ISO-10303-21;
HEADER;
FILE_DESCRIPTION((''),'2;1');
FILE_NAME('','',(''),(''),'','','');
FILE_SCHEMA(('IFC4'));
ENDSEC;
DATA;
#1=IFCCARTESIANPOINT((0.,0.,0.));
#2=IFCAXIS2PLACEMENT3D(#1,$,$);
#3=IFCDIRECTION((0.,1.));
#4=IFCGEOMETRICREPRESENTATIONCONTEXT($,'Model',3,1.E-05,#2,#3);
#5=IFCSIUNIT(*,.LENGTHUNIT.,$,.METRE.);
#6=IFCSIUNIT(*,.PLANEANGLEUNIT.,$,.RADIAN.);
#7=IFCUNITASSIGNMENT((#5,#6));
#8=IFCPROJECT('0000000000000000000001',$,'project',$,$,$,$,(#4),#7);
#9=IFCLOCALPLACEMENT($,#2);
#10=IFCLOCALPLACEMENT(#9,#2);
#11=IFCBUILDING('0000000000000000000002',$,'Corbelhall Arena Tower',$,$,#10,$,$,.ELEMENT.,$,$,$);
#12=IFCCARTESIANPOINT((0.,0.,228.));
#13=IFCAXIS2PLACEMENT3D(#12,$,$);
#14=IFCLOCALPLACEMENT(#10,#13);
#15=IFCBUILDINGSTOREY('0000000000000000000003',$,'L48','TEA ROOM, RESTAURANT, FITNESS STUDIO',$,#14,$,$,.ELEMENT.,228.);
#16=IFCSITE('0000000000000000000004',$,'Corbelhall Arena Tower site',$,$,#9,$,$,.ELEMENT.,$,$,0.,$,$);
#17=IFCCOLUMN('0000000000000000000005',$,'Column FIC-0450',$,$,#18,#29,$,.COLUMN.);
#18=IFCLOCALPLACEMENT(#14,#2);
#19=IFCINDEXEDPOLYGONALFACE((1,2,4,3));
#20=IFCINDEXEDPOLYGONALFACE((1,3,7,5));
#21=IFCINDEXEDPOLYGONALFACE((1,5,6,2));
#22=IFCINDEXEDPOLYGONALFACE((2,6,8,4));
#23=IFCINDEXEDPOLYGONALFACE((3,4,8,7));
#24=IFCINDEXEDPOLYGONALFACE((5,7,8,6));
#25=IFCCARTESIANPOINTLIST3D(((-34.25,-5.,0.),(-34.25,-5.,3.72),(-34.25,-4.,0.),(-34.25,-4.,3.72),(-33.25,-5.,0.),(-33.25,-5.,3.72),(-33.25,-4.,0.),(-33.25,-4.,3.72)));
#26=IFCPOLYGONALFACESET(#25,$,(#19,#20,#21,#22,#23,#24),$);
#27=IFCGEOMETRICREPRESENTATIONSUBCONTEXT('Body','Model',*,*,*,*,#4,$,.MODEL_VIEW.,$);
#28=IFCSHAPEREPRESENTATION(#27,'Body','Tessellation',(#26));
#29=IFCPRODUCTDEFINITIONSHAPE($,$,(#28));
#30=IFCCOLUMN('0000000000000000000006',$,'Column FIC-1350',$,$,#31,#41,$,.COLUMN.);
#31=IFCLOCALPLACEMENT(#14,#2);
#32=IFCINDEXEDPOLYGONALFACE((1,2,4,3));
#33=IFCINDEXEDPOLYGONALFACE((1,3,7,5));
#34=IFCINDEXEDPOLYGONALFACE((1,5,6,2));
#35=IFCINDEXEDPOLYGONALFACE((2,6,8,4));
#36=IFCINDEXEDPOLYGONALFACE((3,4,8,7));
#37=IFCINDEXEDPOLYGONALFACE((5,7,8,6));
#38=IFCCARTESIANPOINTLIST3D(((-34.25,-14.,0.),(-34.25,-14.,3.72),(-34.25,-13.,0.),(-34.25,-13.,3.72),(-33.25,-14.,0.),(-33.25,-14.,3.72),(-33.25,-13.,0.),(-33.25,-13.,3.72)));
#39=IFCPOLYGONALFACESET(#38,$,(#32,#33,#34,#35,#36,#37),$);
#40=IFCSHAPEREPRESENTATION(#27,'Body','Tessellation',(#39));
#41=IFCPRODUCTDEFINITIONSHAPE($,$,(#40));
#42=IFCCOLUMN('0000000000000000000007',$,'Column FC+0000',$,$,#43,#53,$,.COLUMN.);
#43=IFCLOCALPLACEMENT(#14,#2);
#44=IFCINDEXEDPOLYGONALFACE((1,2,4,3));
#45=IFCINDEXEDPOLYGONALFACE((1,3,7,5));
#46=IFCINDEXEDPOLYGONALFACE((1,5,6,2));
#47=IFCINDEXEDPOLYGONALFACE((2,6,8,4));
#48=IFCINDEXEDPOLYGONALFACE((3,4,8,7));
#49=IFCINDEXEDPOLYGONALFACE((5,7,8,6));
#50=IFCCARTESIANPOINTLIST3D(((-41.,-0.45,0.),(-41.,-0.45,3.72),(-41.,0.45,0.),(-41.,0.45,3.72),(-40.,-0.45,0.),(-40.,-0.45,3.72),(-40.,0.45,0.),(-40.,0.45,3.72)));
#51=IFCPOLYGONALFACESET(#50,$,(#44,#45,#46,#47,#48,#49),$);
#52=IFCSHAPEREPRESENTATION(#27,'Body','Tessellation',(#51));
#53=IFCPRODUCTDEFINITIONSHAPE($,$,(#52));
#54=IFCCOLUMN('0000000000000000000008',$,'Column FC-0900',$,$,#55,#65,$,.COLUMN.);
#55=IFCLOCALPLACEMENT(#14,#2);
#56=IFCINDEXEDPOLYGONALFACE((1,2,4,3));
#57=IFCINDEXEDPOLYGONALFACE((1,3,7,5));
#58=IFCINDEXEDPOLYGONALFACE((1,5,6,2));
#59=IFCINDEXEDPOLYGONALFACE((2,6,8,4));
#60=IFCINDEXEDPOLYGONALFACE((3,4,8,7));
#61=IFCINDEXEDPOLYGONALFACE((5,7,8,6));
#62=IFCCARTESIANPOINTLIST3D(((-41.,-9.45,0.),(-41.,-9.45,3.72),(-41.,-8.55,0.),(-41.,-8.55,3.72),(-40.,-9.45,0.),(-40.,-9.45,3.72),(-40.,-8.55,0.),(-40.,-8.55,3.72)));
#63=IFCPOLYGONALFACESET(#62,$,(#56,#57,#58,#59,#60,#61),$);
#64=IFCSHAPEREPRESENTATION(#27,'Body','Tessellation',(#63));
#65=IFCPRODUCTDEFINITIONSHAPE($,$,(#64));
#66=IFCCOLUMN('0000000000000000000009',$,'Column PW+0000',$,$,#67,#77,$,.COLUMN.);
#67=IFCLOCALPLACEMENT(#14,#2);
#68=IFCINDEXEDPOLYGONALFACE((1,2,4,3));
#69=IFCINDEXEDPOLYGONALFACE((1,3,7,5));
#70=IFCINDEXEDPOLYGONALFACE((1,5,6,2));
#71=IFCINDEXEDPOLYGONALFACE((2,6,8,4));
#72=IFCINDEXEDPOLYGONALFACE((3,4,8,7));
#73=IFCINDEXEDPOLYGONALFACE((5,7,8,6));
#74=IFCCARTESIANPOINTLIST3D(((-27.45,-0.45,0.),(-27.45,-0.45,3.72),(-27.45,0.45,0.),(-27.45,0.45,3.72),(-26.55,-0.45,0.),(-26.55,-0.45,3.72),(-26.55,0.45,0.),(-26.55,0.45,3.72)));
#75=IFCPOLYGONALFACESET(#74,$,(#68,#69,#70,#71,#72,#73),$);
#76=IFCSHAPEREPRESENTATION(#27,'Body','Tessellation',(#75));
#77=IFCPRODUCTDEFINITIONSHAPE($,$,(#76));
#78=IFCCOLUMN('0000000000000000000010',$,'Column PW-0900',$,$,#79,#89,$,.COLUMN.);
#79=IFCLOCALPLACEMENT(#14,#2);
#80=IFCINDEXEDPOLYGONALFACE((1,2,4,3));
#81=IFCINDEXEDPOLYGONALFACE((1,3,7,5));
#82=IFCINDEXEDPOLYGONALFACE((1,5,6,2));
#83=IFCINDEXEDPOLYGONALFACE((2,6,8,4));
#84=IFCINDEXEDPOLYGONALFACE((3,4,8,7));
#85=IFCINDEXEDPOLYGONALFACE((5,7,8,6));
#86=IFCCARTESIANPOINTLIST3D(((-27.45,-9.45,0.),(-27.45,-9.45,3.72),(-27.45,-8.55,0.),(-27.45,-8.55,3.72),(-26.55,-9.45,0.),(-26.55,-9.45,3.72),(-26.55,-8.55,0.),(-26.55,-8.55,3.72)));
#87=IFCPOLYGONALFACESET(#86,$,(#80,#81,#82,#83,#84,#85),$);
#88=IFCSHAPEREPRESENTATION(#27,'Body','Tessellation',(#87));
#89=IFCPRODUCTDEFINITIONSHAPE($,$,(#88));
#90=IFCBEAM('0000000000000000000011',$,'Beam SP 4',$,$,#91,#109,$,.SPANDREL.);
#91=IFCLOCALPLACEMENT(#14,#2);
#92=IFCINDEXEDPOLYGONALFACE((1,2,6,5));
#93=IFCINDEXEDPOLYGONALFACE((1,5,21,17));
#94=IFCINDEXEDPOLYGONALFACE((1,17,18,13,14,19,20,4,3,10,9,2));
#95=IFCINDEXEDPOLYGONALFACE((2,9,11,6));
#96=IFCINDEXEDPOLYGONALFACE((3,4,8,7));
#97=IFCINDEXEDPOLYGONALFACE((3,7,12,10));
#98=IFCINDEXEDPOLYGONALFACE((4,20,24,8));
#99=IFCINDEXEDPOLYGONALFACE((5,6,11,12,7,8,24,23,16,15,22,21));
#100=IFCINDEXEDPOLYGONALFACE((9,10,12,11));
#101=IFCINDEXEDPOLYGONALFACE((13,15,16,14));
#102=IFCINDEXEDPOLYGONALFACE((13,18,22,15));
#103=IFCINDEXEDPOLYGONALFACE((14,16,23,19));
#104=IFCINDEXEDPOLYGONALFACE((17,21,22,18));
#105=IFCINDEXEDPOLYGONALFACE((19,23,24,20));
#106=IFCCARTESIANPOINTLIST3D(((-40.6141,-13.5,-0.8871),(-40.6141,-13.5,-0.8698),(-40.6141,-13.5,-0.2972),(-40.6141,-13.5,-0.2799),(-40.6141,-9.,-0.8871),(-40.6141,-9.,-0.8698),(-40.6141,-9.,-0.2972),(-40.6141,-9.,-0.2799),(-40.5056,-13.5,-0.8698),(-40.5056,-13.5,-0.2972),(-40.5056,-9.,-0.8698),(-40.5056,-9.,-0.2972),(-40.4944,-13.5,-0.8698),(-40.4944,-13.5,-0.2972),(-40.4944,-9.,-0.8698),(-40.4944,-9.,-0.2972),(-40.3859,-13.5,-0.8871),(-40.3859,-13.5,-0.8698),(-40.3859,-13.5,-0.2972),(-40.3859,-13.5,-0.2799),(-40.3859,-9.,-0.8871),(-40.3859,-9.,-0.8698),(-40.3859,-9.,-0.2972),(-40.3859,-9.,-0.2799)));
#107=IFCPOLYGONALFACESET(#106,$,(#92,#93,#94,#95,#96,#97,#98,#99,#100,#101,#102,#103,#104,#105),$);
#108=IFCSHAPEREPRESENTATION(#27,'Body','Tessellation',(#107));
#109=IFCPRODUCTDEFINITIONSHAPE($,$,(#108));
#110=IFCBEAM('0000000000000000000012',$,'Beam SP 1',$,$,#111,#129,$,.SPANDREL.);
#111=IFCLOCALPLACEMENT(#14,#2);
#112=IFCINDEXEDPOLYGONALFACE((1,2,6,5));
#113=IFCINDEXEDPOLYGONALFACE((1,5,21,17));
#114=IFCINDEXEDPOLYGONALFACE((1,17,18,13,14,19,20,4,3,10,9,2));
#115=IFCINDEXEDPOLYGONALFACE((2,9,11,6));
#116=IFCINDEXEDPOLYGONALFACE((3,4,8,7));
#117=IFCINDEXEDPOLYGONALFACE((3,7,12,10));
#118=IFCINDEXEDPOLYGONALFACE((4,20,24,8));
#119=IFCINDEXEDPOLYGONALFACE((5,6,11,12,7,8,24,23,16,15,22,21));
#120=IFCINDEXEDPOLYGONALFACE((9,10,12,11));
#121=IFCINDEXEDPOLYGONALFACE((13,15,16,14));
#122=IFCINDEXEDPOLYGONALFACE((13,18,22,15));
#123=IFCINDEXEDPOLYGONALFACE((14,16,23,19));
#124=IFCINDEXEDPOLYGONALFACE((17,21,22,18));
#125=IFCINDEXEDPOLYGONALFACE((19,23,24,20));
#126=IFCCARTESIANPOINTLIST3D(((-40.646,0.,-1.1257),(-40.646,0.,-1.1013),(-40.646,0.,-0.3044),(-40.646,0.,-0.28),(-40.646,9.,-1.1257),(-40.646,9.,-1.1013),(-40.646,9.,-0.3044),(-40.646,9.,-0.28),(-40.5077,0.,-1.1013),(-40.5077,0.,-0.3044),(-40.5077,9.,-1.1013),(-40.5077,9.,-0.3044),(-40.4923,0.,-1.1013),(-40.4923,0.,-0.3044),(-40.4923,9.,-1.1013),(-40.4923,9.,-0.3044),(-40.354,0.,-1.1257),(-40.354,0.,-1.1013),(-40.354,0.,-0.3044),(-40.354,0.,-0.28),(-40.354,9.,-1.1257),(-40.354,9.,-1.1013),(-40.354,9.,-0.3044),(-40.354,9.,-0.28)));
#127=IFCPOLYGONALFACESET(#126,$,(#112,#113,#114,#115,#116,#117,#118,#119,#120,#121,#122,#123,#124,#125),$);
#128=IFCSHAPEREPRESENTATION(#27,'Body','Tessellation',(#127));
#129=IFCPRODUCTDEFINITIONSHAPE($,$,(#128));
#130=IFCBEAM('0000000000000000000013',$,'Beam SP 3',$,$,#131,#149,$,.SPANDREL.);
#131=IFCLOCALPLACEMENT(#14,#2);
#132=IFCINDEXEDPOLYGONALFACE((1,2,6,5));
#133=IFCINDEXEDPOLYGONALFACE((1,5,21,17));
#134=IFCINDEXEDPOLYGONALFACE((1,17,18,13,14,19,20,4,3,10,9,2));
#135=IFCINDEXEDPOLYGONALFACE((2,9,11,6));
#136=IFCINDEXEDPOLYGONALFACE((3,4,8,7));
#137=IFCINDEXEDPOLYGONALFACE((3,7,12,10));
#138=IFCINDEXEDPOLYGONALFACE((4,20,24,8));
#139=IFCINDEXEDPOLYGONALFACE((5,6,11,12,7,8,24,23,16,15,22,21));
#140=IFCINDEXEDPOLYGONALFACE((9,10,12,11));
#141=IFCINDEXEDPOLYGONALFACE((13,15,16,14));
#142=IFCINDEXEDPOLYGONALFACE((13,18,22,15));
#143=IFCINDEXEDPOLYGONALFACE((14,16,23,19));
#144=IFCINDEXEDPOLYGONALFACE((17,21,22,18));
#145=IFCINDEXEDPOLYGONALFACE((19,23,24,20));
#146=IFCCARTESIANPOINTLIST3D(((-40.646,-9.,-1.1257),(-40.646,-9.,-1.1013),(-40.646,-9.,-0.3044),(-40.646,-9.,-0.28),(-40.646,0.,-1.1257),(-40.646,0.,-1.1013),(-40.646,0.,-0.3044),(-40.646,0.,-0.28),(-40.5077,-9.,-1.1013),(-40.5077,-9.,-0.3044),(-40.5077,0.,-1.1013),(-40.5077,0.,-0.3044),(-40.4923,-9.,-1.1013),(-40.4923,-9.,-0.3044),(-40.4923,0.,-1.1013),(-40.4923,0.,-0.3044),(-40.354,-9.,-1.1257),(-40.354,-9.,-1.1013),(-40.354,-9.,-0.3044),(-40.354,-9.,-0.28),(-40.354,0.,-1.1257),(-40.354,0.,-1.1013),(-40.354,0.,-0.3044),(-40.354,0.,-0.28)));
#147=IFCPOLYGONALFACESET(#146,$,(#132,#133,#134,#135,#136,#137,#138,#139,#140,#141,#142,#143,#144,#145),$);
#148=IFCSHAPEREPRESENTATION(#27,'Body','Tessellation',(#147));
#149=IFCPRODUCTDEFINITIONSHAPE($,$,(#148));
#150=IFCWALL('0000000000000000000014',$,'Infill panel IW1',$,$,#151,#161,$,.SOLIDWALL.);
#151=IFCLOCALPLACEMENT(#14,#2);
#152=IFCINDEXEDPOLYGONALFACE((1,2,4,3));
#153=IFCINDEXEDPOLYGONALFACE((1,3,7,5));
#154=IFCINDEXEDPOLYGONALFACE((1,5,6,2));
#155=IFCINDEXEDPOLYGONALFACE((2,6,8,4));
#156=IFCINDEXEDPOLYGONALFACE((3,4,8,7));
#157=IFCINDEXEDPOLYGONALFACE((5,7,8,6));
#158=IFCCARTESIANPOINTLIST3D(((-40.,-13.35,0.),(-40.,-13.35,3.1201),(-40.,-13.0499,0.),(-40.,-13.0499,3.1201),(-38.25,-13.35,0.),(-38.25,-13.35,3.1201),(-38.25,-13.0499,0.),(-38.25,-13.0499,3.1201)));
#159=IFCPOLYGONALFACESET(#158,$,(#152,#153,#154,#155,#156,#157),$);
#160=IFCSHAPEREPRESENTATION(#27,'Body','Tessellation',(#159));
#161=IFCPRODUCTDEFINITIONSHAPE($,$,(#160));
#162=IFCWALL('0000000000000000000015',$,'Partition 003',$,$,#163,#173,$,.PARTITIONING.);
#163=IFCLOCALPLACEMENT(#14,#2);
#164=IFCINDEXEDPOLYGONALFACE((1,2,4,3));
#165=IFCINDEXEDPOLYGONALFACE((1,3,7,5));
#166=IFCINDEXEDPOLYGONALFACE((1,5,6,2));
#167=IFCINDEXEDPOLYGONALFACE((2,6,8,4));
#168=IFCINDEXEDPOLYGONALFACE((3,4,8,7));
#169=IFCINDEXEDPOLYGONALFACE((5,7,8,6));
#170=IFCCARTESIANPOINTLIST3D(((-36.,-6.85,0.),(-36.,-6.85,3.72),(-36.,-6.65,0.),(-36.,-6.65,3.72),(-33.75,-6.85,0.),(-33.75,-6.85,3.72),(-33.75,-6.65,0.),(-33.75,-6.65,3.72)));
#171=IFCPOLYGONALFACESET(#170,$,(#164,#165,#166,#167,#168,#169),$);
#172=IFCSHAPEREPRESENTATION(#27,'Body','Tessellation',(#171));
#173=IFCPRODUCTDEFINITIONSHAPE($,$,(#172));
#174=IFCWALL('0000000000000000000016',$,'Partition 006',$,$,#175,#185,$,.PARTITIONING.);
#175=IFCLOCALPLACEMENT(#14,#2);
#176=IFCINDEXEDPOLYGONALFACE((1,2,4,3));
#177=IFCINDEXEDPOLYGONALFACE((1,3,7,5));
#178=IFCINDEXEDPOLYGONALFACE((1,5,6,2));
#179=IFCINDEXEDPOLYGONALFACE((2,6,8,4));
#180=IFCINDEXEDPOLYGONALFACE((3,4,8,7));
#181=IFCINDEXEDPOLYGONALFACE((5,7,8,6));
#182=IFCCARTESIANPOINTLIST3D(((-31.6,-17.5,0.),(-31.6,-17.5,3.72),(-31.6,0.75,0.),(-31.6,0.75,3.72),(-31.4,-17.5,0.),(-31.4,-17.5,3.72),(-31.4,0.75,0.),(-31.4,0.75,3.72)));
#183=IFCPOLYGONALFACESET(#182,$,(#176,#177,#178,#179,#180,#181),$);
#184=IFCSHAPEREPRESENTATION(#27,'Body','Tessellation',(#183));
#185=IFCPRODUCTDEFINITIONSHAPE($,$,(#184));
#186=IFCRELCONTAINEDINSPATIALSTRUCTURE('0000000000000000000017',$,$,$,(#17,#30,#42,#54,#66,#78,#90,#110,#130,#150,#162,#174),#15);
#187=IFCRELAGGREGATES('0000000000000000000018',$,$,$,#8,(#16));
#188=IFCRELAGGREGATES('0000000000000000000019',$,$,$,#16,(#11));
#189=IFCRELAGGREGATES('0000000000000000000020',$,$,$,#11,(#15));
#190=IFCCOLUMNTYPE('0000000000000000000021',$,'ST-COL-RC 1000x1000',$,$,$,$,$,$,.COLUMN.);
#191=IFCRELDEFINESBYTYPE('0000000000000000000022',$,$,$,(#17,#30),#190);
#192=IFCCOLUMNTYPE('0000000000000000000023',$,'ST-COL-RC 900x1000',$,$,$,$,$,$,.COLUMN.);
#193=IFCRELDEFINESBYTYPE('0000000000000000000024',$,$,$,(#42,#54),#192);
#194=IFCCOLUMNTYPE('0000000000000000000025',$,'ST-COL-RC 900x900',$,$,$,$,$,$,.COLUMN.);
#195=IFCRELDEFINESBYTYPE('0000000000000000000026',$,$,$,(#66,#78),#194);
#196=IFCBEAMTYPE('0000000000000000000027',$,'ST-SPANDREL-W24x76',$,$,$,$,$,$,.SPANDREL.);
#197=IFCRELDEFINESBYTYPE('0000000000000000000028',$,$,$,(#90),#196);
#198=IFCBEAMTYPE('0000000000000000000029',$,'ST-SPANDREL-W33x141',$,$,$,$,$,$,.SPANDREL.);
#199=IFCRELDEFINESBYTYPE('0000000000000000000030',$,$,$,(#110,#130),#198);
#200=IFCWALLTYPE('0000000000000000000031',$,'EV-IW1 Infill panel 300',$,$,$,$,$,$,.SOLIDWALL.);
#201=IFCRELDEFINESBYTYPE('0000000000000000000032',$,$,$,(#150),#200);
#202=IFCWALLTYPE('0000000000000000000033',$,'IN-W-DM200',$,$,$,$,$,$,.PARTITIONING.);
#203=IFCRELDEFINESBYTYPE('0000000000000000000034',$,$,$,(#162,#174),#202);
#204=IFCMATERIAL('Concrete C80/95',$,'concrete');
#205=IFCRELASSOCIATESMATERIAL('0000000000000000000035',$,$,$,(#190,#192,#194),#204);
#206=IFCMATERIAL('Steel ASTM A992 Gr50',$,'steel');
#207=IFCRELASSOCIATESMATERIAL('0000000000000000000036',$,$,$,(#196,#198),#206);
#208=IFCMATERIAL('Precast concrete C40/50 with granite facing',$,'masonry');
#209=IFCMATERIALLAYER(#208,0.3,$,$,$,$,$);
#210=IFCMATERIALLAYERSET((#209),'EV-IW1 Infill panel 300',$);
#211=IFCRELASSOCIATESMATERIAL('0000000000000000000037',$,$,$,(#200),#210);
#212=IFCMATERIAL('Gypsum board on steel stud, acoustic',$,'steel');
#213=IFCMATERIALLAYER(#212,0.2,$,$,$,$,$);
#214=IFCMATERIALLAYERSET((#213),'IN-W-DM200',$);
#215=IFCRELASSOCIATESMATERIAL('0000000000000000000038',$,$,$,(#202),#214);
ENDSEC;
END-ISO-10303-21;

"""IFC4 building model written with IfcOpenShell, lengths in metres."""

from ifc_helpers import new_model, si_unit, direction, frame, frame_2d, origin, origin_2d, place, context, subcontext, project, spatial, rectangle, i_section, extrude, material, layer, layer_set, material_profile, profile_set, type_object, element, save


model = new_model("IFC4")

# Units and contexts
model_context = context("Model", 3, precision=1e-05, world=origin(), true_north=direction((0.0, 1.0)))
body_context = subcontext(model_context, "Body", "Model", "MODEL_VIEW")
ifc_project = project(units=[si_unit("LENGTHUNIT", "METRE"), si_unit("PLANEANGLEUNIT", "RADIAN")], contexts=[model_context])

# Site, building, storey
site_placement = place(None, origin())
site = spatial("IfcSite", under=ifc_project, at=site_placement, Name="Corbelhall Arena Tower site", CompositionType="ELEMENT", RefElevation=0.0)
building_placement = place(site_placement, origin())
building = spatial("IfcBuilding", under=site, at=building_placement, Name="Corbelhall Arena Tower", CompositionType="ELEMENT")
storey_placement = place(building_placement, frame((0.0, 0.0, 228.0)))
storey = spatial("IfcBuildingStorey", under=building, at=storey_placement, Name="L48", Description="TEA ROOM, RESTAURANT, FITNESS STUDIO", CompositionType="ELEMENT", Elevation=228.0)

# Columns
ifc_material_1 = material(Name="Concrete C80/95", Category="concrete")
ifc_material_profile_1 = material_profile(ifc_material_1, rectangle(XDim=1.0, YDim=1.0, at=origin_2d()))
ifc_profile_set_1 = profile_set([ifc_material_profile_1], Name="Concrete C80/95")
column_type_1 = type_object("IfcColumnType", Name="ST-COL-RC 1000x1000", PredefinedType="COLUMN", material=ifc_profile_set_1)
for number, where, z_axis, x_axis, name in (
    (1, (-33.75, -4.5, 0.0), (0.0, 0.0, 1.0), (1.0, 0.0, 0.0), "Column FIC-0450"),
    (2, (-33.75, -13.5, 0.0), (0.0, 0.0, 1.0), (1.0, 0.0, 0.0), "Column FIC-1350"),
):
    element("IfcColumn", number, at=place(storey_placement, frame(where, z_axis=z_axis, x_axis=x_axis)), inside=storey, type_object=column_type_1, Name=name, PredefinedType="COLUMN", context=body_context, shape_type="SweptSolid", body=[
        extrude(rectangle(XDim=1.0, YDim=1.0, at=origin_2d()), origin(), (0.0, 0.0, 1.0), 3.72),
    ])
ifc_material_profile_2 = material_profile(ifc_material_1, rectangle(XDim=0.8999, YDim=1.0, at=origin_2d()))
ifc_profile_set_2 = profile_set([ifc_material_profile_2], Name="Concrete C80/95")
column_type_2 = type_object("IfcColumnType", Name="ST-COL-RC 900x1000", PredefinedType="COLUMN", material=ifc_profile_set_2)
for number, where, z_axis, x_axis, name in (
    (3, (-40.5, 0.0, 0.0), (0.0, 0.0, 1.0), (0.0, 1.0, 0.0), "Column FC+0000"),
    (4, (-40.5, -9.0, 0.0), (0.0, 0.0, 1.0), (0.0, 1.0, 0.0), "Column FC-0900"),
):
    element("IfcColumn", number, at=place(storey_placement, frame(where, z_axis=z_axis, x_axis=x_axis)), inside=storey, type_object=column_type_2, Name=name, PredefinedType="COLUMN", context=body_context, shape_type="SweptSolid", body=[
        extrude(rectangle(XDim=0.8999, YDim=1.0, at=origin_2d()), origin(), (0.0, 0.0, 1.0), 3.72),
    ])
ifc_material_profile_3 = material_profile(ifc_material_1, rectangle(XDim=0.8999, YDim=0.8999, at=origin_2d()))
ifc_profile_set_3 = profile_set([ifc_material_profile_3], Name="Concrete C80/95")
column_type_3 = type_object("IfcColumnType", Name="ST-COL-RC 900x900", PredefinedType="COLUMN", material=ifc_profile_set_3)
for number, where, z_axis, x_axis, name in (
    (5, (-27.0, 0.0, 0.0), (0.0, 0.0, 1.0), (1.0, 0.0, 0.0), "Column PW+0000"),
    (6, (-27.0, -9.0, 0.0), (0.0, 0.0, 1.0), (1.0, 0.0, 0.0), "Column PW-0900"),
):
    element("IfcColumn", number, at=place(storey_placement, frame(where, z_axis=z_axis, x_axis=x_axis)), inside=storey, type_object=column_type_3, Name=name, PredefinedType="COLUMN", context=body_context, shape_type="SweptSolid", body=[
        extrude(rectangle(XDim=0.8999, YDim=0.8999, at=origin_2d()), origin(), (0.0, 0.0, 1.0), 3.72),
    ])

# Beams
ifc_material_2 = material(Name="Steel ASTM A992 Gr50", Category="steel")
ifc_material_profile_4 = material_profile(ifc_material_2, i_section(OverallWidth=0.2283, OverallDepth=0.6072, WebThickness=0.0112, FlangeThickness=0.0173, at=origin_2d()))
ifc_profile_set_4 = profile_set([ifc_material_profile_4], Name="Steel ASTM A992 Gr50")
beam_type_1 = type_object("IfcBeamType", Name="ST-SPANDREL-W24x76", PredefinedType="SPANDREL", material=ifc_profile_set_4)
beam_placement = place(storey_placement, frame((-40.5, -13.5, -0.5835), z_axis=(0.0, 1.0, 0.0), x_axis=(-1.0, 0.0, 0.0)))
element("IfcBeam", 7, at=beam_placement, inside=storey, type_object=beam_type_1, Name="Beam SP 4", PredefinedType="SPANDREL", context=body_context, shape_type="SweptSolid", body=[
    extrude(i_section(OverallWidth=0.2283, OverallDepth=0.6072, WebThickness=0.0112, FlangeThickness=0.0173, at=origin_2d()), origin(), (0.0, 0.0, 1.0), 4.5),
])
ifc_material_profile_5 = material_profile(ifc_material_2, i_section(OverallWidth=0.292, OverallDepth=0.8457, WebThickness=0.0154, FlangeThickness=0.0244, at=origin_2d()))
ifc_profile_set_5 = profile_set([ifc_material_profile_5], Name="Steel ASTM A992 Gr50")
beam_type_2 = type_object("IfcBeamType", Name="ST-SPANDREL-W33x141", PredefinedType="SPANDREL", material=ifc_profile_set_5)
for number, where, z_axis, x_axis, name in (
    (8, (-40.5, 0.0, -0.7029), (0.0, 1.0, 0.0), (-1.0, 0.0, 0.0), "Beam SP 1"),
    (9, (-40.5, -9.0, -0.7029), (0.0, 1.0, 0.0), (-1.0, 0.0, 0.0), "Beam SP 3"),
):
    element("IfcBeam", number, at=place(storey_placement, frame(where, z_axis=z_axis, x_axis=x_axis)), inside=storey, type_object=beam_type_2, Name=name, PredefinedType="SPANDREL", context=body_context, shape_type="SweptSolid", body=[
        extrude(i_section(OverallWidth=0.292, OverallDepth=0.8457, WebThickness=0.0154, FlangeThickness=0.0244, at=origin_2d()), origin(), (0.0, 0.0, 1.0), 9.0),
    ])

# Wall
ifc_material_3 = material(Name="Precast concrete C40/50 with granite facing", Category="masonry")
ifc_layer_1 = layer(ifc_material_3, 0.3)
ifc_layer_set_1 = layer_set([ifc_layer_1], Name="EV-IW1 Infill panel 300")
wall_type_1 = type_object("IfcWallType", Name="EV-IW1 Infill panel 300", PredefinedType="SOLIDWALL", material=ifc_layer_set_1)
wall_1_placement = place(storey_placement, frame((-40.0, -13.2, 0.0), z_axis=(0.0, 0.0, 1.0), x_axis=(1.0, 0.0, 0.0)))
element("IfcWall", 10, at=wall_1_placement, inside=storey, type_object=wall_type_1, Name="Infill panel IW1", PredefinedType="SOLIDWALL", context=body_context, shape_type="SweptSolid", body=[
    extrude(rectangle(XDim=1.75, YDim=0.3, at=frame_2d((0.875, 0.0))), origin(), (0.0, 0.0, 1.0), 3.1201),
])

# Wall
ifc_material_4 = material(Name="Gypsum board on steel stud, acoustic", Category="steel")
ifc_layer_2 = layer(ifc_material_4, 0.2)
ifc_layer_set_2 = layer_set([ifc_layer_2], Name="IN-W-DM200")
wall_type_2 = type_object("IfcWallType", Name="IN-W-DM200", PredefinedType="PARTITIONING", material=ifc_layer_set_2)
wall_2_placement = place(storey_placement, frame((-33.75, -6.75, 0.0), z_axis=(0.0, 0.0, 1.0), x_axis=(-1.0, 0.0, 0.0)))
element("IfcWall", 11, at=wall_2_placement, inside=storey, type_object=wall_type_2, Name="Partition 003", PredefinedType="PARTITIONING", context=body_context, shape_type="SweptSolid", body=[
    extrude(rectangle(XDim=2.25, YDim=0.2, at=frame_2d((1.125, 0.0))), origin(), (0.0, 0.0, 1.0), 3.72),
])

# Wall
wall_3_placement = place(storey_placement, frame((-31.5, 0.75, 0.0), z_axis=(0.0, 0.0, 1.0), x_axis=(0.0, -1.0, 0.0)))
element("IfcWall", 12, at=wall_3_placement, inside=storey, type_object=wall_type_2, Name="Partition 006", PredefinedType="PARTITIONING", context=body_context, shape_type="SweptSolid", body=[
    extrude(rectangle(XDim=18.25, YDim=0.2, at=frame_2d((9.125, 0.0))), origin(), (0.0, 0.0, 1.0), 3.72),
])

save(model, "model.ifc")
